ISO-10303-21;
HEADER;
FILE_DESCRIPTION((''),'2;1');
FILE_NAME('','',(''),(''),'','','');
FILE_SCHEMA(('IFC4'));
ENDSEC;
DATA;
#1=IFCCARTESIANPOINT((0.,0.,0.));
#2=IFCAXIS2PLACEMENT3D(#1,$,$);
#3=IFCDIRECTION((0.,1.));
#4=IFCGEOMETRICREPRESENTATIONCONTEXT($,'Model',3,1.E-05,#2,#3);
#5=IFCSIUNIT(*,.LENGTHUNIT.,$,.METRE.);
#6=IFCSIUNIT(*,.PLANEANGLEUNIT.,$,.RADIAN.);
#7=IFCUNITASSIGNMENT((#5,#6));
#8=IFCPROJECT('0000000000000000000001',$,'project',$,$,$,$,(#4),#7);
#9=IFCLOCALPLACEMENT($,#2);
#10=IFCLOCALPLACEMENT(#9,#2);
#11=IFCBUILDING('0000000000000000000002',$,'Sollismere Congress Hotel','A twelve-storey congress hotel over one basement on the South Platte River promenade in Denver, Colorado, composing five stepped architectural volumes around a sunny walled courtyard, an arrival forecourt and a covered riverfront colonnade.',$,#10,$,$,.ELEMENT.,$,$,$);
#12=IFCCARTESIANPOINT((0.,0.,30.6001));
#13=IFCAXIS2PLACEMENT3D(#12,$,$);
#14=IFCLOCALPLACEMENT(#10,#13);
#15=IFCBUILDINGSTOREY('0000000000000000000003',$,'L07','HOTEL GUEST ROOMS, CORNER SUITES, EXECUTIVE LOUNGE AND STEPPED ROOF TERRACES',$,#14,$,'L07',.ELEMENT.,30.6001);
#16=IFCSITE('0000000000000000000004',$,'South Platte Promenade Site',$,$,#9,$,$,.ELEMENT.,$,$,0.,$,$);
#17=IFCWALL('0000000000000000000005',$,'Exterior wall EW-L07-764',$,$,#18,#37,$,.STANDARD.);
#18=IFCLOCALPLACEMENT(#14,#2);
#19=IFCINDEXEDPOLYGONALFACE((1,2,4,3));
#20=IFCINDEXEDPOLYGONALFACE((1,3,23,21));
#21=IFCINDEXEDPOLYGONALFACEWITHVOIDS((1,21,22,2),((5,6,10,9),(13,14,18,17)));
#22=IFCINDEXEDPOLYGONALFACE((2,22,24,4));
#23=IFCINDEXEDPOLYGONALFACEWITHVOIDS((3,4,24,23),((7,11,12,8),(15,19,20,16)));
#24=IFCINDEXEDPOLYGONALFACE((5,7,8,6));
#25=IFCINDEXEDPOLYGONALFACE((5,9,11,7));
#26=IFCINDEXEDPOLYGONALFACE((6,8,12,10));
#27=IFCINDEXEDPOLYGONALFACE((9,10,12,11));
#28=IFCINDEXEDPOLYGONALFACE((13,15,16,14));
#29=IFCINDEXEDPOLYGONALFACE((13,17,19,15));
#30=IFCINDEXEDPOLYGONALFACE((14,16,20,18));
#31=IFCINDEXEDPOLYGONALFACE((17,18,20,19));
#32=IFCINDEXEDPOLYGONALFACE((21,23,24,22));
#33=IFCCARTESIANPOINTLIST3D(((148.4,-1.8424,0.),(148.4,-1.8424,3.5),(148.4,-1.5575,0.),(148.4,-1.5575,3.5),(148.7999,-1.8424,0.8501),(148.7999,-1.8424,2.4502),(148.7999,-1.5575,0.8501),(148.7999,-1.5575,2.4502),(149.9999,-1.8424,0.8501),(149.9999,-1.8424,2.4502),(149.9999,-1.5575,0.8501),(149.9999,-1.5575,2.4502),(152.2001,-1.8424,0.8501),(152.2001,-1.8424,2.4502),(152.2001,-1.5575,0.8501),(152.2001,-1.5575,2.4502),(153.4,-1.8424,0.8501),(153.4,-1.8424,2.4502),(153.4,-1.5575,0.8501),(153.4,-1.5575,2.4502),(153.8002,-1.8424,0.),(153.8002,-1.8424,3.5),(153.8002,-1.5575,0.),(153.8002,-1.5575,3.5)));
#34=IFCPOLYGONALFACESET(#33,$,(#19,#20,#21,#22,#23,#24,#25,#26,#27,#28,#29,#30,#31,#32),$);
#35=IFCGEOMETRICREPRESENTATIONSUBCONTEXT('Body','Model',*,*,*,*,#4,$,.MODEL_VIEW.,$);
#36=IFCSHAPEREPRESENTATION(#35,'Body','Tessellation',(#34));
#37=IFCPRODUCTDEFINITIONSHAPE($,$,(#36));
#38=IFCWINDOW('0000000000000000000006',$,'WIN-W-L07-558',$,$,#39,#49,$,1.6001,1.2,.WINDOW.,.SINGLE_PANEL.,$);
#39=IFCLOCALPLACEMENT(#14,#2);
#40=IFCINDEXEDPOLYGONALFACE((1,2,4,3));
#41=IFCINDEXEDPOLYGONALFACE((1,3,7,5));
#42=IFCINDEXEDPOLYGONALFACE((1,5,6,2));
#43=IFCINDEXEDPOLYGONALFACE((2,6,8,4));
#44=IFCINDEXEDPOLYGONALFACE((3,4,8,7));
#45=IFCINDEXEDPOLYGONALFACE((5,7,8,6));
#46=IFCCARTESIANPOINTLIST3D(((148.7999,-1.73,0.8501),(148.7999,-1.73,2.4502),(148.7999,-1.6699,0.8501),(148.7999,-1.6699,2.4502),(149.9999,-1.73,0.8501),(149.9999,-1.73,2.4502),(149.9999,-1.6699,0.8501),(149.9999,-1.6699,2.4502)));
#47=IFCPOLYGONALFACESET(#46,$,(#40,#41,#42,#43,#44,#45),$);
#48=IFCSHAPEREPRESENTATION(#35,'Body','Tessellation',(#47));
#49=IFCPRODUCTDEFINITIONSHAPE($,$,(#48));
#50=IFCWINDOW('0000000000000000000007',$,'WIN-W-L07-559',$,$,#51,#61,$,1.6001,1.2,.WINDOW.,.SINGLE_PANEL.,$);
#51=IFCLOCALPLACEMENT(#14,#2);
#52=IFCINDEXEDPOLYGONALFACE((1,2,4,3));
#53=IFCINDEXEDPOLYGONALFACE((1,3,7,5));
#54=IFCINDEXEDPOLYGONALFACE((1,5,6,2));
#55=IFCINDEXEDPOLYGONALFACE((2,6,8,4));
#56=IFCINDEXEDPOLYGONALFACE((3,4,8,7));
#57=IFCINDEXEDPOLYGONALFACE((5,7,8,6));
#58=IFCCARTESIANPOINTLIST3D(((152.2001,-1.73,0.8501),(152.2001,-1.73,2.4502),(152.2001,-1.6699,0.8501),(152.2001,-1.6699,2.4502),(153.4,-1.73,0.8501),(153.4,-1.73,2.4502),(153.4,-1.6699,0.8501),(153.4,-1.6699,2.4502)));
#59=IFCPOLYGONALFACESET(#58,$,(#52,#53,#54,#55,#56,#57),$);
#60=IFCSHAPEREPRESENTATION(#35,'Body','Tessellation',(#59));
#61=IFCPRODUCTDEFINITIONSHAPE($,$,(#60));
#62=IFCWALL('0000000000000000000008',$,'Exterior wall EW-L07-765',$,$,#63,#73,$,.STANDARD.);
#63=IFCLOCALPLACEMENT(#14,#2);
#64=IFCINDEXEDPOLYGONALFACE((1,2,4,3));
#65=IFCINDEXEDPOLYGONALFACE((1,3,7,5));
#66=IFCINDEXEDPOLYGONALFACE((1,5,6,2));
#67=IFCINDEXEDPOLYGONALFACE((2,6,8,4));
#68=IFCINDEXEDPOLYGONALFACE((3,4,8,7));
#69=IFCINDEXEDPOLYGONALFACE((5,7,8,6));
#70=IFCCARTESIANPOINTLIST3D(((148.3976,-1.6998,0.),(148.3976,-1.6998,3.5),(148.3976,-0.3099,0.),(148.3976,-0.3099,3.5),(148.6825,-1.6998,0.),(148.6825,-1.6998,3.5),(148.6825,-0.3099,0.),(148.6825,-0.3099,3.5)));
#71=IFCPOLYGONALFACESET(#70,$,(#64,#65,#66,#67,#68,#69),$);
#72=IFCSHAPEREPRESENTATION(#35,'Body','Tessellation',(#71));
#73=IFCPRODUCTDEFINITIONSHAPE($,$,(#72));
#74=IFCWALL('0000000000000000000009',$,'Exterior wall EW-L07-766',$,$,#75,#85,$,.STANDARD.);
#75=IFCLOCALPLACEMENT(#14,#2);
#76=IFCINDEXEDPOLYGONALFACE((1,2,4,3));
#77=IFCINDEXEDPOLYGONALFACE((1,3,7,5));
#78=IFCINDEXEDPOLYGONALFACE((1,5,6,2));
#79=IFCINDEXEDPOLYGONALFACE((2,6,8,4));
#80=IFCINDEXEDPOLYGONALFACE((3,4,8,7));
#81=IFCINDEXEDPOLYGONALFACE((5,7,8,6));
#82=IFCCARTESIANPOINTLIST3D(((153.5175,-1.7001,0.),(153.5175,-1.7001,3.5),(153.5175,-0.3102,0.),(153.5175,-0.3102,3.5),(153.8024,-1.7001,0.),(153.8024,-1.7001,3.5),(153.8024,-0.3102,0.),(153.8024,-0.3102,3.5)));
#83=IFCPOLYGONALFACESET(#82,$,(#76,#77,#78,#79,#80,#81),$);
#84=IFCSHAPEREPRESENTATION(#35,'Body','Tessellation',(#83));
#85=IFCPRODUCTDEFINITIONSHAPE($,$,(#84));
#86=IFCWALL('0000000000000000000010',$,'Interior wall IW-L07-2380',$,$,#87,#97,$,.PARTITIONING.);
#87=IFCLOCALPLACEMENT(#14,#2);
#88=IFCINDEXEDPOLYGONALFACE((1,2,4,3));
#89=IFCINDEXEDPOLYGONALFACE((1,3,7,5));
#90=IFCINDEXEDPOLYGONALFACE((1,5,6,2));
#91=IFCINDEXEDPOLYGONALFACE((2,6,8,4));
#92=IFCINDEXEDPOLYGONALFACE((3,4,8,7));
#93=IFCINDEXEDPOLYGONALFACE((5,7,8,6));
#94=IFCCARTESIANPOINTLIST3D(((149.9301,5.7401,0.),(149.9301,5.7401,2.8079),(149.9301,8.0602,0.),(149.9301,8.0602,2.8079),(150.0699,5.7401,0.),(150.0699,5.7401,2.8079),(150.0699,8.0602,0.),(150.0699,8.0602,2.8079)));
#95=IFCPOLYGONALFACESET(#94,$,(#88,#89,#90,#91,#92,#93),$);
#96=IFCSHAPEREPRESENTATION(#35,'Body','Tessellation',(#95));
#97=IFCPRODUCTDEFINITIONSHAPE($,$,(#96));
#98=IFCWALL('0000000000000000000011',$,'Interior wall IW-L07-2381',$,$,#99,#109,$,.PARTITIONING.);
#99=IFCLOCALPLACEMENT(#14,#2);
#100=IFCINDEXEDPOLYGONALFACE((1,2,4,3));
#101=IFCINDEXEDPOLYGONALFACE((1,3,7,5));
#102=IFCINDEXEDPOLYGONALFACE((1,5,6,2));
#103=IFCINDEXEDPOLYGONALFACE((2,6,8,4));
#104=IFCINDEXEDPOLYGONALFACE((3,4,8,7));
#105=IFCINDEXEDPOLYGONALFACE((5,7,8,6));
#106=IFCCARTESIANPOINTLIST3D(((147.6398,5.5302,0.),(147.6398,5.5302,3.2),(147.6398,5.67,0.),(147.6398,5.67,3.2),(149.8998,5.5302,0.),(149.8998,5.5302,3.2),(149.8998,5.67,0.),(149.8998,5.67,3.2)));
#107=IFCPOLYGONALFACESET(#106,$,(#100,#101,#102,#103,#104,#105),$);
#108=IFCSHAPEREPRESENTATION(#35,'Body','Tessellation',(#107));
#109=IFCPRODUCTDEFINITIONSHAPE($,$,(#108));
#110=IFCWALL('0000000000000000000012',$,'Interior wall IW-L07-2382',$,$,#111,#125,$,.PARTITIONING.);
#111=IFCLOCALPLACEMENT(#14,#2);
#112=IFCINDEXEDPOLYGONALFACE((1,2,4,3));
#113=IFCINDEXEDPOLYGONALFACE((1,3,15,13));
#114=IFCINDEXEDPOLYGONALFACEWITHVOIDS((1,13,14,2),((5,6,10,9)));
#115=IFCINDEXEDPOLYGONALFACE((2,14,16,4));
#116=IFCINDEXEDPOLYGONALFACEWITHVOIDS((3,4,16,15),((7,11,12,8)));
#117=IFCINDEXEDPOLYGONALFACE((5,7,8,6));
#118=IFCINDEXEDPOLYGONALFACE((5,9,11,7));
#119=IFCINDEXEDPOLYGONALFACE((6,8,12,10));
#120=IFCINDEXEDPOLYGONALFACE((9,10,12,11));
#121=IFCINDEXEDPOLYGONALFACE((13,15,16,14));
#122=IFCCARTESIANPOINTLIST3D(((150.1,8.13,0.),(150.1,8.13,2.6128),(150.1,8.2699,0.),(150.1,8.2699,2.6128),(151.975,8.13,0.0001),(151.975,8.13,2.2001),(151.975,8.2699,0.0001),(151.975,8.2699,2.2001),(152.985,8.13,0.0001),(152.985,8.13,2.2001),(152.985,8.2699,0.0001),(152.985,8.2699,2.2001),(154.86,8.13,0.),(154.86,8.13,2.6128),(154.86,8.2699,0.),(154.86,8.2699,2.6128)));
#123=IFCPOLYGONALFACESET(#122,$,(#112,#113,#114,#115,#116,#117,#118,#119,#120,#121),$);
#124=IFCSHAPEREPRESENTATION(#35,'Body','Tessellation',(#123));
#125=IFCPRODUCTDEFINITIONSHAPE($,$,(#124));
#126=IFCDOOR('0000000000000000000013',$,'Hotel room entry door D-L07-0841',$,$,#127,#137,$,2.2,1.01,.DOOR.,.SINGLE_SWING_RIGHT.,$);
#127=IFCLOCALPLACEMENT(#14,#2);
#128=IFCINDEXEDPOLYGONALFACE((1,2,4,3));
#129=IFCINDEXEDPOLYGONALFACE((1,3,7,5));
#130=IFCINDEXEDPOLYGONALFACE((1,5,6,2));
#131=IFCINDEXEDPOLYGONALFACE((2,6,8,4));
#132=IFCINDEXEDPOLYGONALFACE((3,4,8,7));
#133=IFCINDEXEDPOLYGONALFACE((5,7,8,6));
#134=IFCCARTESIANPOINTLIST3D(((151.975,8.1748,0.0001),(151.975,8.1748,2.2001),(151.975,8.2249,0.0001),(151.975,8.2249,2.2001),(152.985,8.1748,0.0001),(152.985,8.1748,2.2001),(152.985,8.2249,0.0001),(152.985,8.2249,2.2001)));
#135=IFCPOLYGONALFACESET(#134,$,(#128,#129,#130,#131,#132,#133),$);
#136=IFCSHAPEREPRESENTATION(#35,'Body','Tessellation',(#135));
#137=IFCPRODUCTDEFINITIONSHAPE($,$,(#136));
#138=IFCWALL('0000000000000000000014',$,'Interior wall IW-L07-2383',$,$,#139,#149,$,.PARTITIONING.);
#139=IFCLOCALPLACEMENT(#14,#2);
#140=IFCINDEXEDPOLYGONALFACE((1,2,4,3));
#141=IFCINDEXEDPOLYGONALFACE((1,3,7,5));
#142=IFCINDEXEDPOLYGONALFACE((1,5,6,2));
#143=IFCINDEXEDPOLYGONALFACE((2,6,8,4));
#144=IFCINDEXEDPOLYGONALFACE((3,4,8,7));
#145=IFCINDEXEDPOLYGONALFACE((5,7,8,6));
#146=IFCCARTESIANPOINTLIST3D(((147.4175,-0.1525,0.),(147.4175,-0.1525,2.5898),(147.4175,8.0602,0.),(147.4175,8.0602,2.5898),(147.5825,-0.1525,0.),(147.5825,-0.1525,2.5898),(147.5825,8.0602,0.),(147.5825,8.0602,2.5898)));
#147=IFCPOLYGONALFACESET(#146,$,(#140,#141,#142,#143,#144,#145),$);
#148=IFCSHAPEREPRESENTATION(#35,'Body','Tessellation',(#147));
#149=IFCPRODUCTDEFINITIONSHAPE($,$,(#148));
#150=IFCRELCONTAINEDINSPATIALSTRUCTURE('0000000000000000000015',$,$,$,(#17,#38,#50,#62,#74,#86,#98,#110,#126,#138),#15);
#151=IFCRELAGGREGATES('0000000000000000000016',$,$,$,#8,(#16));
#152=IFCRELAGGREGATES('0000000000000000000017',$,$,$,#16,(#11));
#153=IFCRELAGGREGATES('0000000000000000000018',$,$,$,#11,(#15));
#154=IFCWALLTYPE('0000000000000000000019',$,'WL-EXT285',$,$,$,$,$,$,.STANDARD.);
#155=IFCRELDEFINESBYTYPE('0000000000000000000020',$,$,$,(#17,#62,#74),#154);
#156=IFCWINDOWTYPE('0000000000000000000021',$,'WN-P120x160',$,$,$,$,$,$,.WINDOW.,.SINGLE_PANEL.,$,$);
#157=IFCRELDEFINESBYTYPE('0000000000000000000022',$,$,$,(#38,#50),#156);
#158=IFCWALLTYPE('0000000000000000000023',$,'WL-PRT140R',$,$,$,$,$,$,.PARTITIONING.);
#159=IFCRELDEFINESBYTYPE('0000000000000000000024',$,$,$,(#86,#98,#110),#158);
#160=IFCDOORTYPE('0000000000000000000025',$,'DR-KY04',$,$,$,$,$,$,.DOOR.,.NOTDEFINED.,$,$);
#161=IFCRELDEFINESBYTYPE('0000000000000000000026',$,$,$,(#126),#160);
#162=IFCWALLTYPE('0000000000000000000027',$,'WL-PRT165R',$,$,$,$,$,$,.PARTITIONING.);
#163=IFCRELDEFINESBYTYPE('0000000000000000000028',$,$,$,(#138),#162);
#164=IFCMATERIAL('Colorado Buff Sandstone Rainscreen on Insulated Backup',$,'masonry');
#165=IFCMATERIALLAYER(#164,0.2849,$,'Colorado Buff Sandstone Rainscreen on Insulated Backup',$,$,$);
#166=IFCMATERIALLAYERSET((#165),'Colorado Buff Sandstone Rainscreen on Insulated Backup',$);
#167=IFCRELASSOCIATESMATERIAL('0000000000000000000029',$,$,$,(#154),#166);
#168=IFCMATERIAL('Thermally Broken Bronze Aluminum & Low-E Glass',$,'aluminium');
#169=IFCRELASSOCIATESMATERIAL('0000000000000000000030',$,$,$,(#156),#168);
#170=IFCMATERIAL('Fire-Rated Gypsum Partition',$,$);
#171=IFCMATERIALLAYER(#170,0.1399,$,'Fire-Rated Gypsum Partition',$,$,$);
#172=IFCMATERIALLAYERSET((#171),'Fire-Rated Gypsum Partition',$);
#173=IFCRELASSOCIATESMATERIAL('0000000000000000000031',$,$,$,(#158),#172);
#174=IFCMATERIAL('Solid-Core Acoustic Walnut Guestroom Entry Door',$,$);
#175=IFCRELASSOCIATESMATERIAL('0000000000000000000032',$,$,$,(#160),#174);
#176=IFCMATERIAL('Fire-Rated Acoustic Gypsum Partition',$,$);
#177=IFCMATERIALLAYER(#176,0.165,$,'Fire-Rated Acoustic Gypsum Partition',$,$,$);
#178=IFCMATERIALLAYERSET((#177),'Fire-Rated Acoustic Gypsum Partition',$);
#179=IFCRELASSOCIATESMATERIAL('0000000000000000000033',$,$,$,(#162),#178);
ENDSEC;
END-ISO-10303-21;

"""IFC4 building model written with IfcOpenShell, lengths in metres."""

from ifc_helpers import new_model, si_unit, direction, frame, frame_2d, origin, place, context, subcontext, project, spatial, rectangle, extrude, material, layer, layer_set, type_object, element, fill, save


model = new_model("IFC4")

# Units and contexts
model_context = context("Model", 3, precision=1e-05, world=origin(), true_north=direction((0.0, 1.0)))
body_context = subcontext(model_context, "Body", "Model", "MODEL_VIEW")
ifc_project = project(units=[si_unit("LENGTHUNIT", "METRE"), si_unit("PLANEANGLEUNIT", "RADIAN")], contexts=[model_context])

# Site, building, storey
site_placement = place(None, origin())
site = spatial("IfcSite", under=ifc_project, at=site_placement, Name="South Platte Promenade Site", CompositionType="ELEMENT", RefElevation=0.0)
building_placement = place(site_placement, origin())
building = spatial("IfcBuilding", under=site, at=building_placement, Name="Sollismere Congress Hotel", Description="A twelve-storey congress hotel over one basement on the South Platte River promenade in Denver, Colorado, composing five stepped architectural volumes around a sunny walled courtyard, an arrival forecourt and a covered riverfront colonnade.", CompositionType="ELEMENT")
storey_placement = place(building_placement, frame((0.0, 0.0, 30.6001)))
storey = spatial("IfcBuildingStorey", under=building, at=storey_placement, Name="L07", Description="HOTEL GUEST ROOMS, CORNER SUITES, EXECUTIVE LOUNGE AND STEPPED ROOF TERRACES", LongName="L07", CompositionType="ELEMENT", Elevation=30.6001)

# Wall, openings, windows
ifc_material_1 = material(Name="Colorado Buff Sandstone Rainscreen on Insulated Backup", Category="masonry")
ifc_layer_1 = layer(ifc_material_1, 0.2849, Name="Colorado Buff Sandstone Rainscreen on Insulated Backup")
ifc_layer_set_1 = layer_set([ifc_layer_1], Name="Colorado Buff Sandstone Rainscreen on Insulated Backup")
wall_type_1 = type_object("IfcWallType", Name="WL-EXT285", PredefinedType="STANDARD", material=ifc_layer_set_1)
wall_1_placement = place(storey_placement, frame((148.3999, -1.7, 0.0), z_axis=(0.0, 0.0, 1.0), x_axis=(1.0, 0.0, 0.0)))
wall_1 = element("IfcWall", 1, at=wall_1_placement, inside=storey, type_object=wall_type_1, Name="Exterior wall EW-L07-764", PredefinedType="STANDARD", context=body_context, shape_type="SweptSolid", body=[
    extrude(rectangle(XDim=5.4001, YDim=0.2849, at=frame_2d((2.7002, 0.0))), origin(), (0.0, 0.0, 1.0), 3.5),
])
opening_1_placement = place(wall_1_placement, frame((0.3999, 0.0, 0.8501)))
opening_1 = element("IfcOpeningElement", 2, at=opening_1_placement, cuts=wall_1, PredefinedType="OPENING", context=body_context, shape_type="SweptSolid", body=[
    extrude(rectangle(XDim=1.2, YDim=1.6001, at=frame_2d((0.6001, 0.8))), frame((0.0, 0.1523, 0.0), z_axis=(0.0, -1.0, 0.0), x_axis=(1.0, 0.0, 0.0)), (0.0, 0.0, 1.0), 0.3049),
])
opening_2_placement = place(wall_1_placement, frame((3.8, 0.0, 0.8501)))
opening_2 = element("IfcOpeningElement", 3, at=opening_2_placement, cuts=wall_1, PredefinedType="OPENING", context=body_context, shape_type="SweptSolid", body=[
    extrude(rectangle(XDim=1.2, YDim=1.6001, at=frame_2d((0.6001, 0.8))), frame((0.0, 0.1523, 0.0), z_axis=(0.0, -1.0, 0.0), x_axis=(1.0, 0.0, 0.0)), (0.0, 0.0, 1.0), 0.3049),
])
ifc_material_2 = material(Name="Thermally Broken Bronze Aluminum & Low-E Glass", Category="aluminium")
window_type = type_object("IfcWindowType", Name="WN-P120x160", PartitioningType="SINGLE_PANEL", PredefinedType="WINDOW", material=ifc_material_2)
window_1_placement = place(opening_1_placement, origin())
window_1 = element("IfcWindow", 4, at=window_1_placement, inside=storey, type_object=window_type, Name="WIN-W-L07-558", OverallHeight=1.6001, OverallWidth=1.2, PartitioningType="SINGLE_PANEL", PredefinedType="WINDOW", context=body_context, shape_type="SweptSolid", body=[
    extrude(rectangle(XDim=1.2, YDim=1.6001, at=frame_2d((0.6001, 0.8))), frame((0.0, 0.03, 0.0), z_axis=(0.0, -1.0, 0.0), x_axis=(1.0, 0.0, 0.0)), (0.0, 0.0, 1.0), 0.0601),
])
fill(opening_1, window_1)
window_2_placement = place(opening_2_placement, origin())
window_2 = element("IfcWindow", 5, at=window_2_placement, inside=storey, type_object=window_type, Name="WIN-W-L07-559", OverallHeight=1.6001, OverallWidth=1.2, PartitioningType="SINGLE_PANEL", PredefinedType="WINDOW", context=body_context, shape_type="SweptSolid", body=[
    extrude(rectangle(XDim=1.2, YDim=1.6001, at=frame_2d((0.6001, 0.8))), frame((0.0, 0.03, 0.0), z_axis=(0.0, -1.0, 0.0), x_axis=(1.0, 0.0, 0.0)), (0.0, 0.0, 1.0), 0.0601),
])
fill(opening_2, window_2)

# Walls
for number, where, z_axis, x_axis, name in (
    (6, (148.54, -0.3101, 0.0), (0.0, 0.0, 1.0), (0.0, -1.0, 0.0), "Exterior wall EW-L07-765"),
    (7, (153.6599, -1.7, 0.0), (0.0, 0.0, 1.0), (0.0, 1.0, 0.0), "Exterior wall EW-L07-766"),
):
    element("IfcWall", number, at=place(storey_placement, frame(where, z_axis=z_axis, x_axis=x_axis)), inside=storey, type_object=wall_type_1, Name=name, PredefinedType="STANDARD", context=body_context, shape_type="SweptSolid", body=[
        extrude(rectangle(XDim=1.3899, YDim=0.2849, at=frame_2d((0.6948, 0.0))), origin(), (0.0, 0.0, 1.0), 3.5),
    ])

# Shared definitions
ifc_material_3 = material(Name="Fire-Rated Gypsum Partition")
ifc_layer_2 = layer(ifc_material_3, 0.1399, Name="Fire-Rated Gypsum Partition")
ifc_layer_set_2 = layer_set([ifc_layer_2], Name="Fire-Rated Gypsum Partition")
wall_type_2 = type_object("IfcWallType", Name="WL-PRT140R", PredefinedType="PARTITIONING", material=ifc_layer_set_2)

# Walls
wall_2_placement = place(storey_placement, frame((150.0, 5.74, 0.0), z_axis=(0.0, 0.0, 1.0), x_axis=(0.0, 1.0, 0.0)))
element("IfcWall", 8, at=wall_2_placement, inside=storey, type_object=wall_type_2, Name="Interior wall IW-L07-2380", PredefinedType="PARTITIONING", context=body_context, shape_type="SweptSolid", body=[
    extrude(rectangle(XDim=2.3201, YDim=0.1399, at=frame_2d((1.1602, 0.0))), origin(), (0.0, 0.0, 1.0), 2.8079),
])
wall_3_placement = place(storey_placement, frame((147.6399, 5.6001, 0.0), z_axis=(0.0, 0.0, 1.0), x_axis=(1.0, 0.0, 0.0)))
element("IfcWall", 9, at=wall_3_placement, inside=storey, type_object=wall_type_2, Name="Interior wall IW-L07-2381", PredefinedType="PARTITIONING", context=body_context, shape_type="SweptSolid", body=[
    extrude(rectangle(XDim=2.26, YDim=0.1399, at=frame_2d((1.1299, 0.0))), origin(), (0.0, 0.0, 1.0), 3.2),
])

# Wall, opening, door
wall_4_placement = place(storey_placement, frame((150.1001, 8.2, 0.0), z_axis=(0.0, 0.0, 1.0), x_axis=(1.0, 0.0, 0.0)))
wall_4 = element("IfcWall", 10, at=wall_4_placement, inside=storey, type_object=wall_type_2, Name="Interior wall IW-L07-2382", PredefinedType="PARTITIONING", context=body_context, shape_type="SweptSolid", body=[
    extrude(rectangle(XDim=4.76, YDim=0.1399, at=frame_2d((2.3799, 0.0))), origin(), (0.0, 0.0, 1.0), 2.6128),
])
opening_3_placement = place(wall_4_placement, frame((1.875, 0.0, 0.0)))
opening_3 = element("IfcOpeningElement", 11, at=opening_3_placement, cuts=wall_4, PredefinedType="OPENING", context=body_context, shape_type="SweptSolid", body=[
    extrude(rectangle(XDim=1.01, YDim=2.2, at=frame_2d((0.5049, 1.1001))), frame((0.0, 0.0798, 0.0), z_axis=(0.0, -1.0, 0.0), x_axis=(1.0, 0.0, 0.0)), (0.0, 0.0, 1.0), 0.1599),
])
ifc_material_4 = material(Name="Solid-Core Acoustic Walnut Guestroom Entry Door")
door_type_1 = type_object("IfcDoorType", Name="DR-KY04", OperationType="NOTDEFINED", PredefinedType="DOOR", material=ifc_material_4)
door_1_placement = place(opening_3_placement, origin())
door_1 = element("IfcDoor", 12, at=door_1_placement, inside=storey, type_object=door_type_1, Name="Hotel room entry door D-L07-0841", OperationType="SINGLE_SWING_RIGHT", OverallHeight=2.2, OverallWidth=1.01, PredefinedType="DOOR", context=body_context, shape_type="SweptSolid", body=[
    extrude(rectangle(XDim=1.01, YDim=2.2, at=frame_2d((0.5049, 1.1001))), frame((0.0, 0.0249, 0.0), z_axis=(0.0, -1.0, 0.0), x_axis=(1.0, 0.0, 0.0)), (0.0, 0.0, 1.0), 0.05),
])
fill(opening_3, door_1)

# Wall
ifc_material_5 = material(Name="Fire-Rated Acoustic Gypsum Partition")
ifc_layer_3 = layer(ifc_material_5, 0.165, Name="Fire-Rated Acoustic Gypsum Partition")
ifc_layer_set_3 = layer_set([ifc_layer_3], Name="Fire-Rated Acoustic Gypsum Partition")
wall_type_3 = type_object("IfcWallType", Name="WL-PRT165R", PredefinedType="PARTITIONING", material=ifc_layer_set_3)
wall_5_placement = place(storey_placement, frame((147.5, -0.1526, 0.0), z_axis=(0.0, 0.0, 1.0), x_axis=(0.0, 1.0, 0.0)))
element("IfcWall", 13, at=wall_5_placement, inside=storey, type_object=wall_type_3, Name="Interior wall IW-L07-2383", PredefinedType="PARTITIONING", context=body_context, shape_type="SweptSolid", body=[
    extrude(rectangle(XDim=8.2126, YDim=0.165, at=frame_2d((4.1064, 0.0))), origin(), (0.0, 0.0, 1.0), 2.5898),
])

save(model, "model.ifc")
